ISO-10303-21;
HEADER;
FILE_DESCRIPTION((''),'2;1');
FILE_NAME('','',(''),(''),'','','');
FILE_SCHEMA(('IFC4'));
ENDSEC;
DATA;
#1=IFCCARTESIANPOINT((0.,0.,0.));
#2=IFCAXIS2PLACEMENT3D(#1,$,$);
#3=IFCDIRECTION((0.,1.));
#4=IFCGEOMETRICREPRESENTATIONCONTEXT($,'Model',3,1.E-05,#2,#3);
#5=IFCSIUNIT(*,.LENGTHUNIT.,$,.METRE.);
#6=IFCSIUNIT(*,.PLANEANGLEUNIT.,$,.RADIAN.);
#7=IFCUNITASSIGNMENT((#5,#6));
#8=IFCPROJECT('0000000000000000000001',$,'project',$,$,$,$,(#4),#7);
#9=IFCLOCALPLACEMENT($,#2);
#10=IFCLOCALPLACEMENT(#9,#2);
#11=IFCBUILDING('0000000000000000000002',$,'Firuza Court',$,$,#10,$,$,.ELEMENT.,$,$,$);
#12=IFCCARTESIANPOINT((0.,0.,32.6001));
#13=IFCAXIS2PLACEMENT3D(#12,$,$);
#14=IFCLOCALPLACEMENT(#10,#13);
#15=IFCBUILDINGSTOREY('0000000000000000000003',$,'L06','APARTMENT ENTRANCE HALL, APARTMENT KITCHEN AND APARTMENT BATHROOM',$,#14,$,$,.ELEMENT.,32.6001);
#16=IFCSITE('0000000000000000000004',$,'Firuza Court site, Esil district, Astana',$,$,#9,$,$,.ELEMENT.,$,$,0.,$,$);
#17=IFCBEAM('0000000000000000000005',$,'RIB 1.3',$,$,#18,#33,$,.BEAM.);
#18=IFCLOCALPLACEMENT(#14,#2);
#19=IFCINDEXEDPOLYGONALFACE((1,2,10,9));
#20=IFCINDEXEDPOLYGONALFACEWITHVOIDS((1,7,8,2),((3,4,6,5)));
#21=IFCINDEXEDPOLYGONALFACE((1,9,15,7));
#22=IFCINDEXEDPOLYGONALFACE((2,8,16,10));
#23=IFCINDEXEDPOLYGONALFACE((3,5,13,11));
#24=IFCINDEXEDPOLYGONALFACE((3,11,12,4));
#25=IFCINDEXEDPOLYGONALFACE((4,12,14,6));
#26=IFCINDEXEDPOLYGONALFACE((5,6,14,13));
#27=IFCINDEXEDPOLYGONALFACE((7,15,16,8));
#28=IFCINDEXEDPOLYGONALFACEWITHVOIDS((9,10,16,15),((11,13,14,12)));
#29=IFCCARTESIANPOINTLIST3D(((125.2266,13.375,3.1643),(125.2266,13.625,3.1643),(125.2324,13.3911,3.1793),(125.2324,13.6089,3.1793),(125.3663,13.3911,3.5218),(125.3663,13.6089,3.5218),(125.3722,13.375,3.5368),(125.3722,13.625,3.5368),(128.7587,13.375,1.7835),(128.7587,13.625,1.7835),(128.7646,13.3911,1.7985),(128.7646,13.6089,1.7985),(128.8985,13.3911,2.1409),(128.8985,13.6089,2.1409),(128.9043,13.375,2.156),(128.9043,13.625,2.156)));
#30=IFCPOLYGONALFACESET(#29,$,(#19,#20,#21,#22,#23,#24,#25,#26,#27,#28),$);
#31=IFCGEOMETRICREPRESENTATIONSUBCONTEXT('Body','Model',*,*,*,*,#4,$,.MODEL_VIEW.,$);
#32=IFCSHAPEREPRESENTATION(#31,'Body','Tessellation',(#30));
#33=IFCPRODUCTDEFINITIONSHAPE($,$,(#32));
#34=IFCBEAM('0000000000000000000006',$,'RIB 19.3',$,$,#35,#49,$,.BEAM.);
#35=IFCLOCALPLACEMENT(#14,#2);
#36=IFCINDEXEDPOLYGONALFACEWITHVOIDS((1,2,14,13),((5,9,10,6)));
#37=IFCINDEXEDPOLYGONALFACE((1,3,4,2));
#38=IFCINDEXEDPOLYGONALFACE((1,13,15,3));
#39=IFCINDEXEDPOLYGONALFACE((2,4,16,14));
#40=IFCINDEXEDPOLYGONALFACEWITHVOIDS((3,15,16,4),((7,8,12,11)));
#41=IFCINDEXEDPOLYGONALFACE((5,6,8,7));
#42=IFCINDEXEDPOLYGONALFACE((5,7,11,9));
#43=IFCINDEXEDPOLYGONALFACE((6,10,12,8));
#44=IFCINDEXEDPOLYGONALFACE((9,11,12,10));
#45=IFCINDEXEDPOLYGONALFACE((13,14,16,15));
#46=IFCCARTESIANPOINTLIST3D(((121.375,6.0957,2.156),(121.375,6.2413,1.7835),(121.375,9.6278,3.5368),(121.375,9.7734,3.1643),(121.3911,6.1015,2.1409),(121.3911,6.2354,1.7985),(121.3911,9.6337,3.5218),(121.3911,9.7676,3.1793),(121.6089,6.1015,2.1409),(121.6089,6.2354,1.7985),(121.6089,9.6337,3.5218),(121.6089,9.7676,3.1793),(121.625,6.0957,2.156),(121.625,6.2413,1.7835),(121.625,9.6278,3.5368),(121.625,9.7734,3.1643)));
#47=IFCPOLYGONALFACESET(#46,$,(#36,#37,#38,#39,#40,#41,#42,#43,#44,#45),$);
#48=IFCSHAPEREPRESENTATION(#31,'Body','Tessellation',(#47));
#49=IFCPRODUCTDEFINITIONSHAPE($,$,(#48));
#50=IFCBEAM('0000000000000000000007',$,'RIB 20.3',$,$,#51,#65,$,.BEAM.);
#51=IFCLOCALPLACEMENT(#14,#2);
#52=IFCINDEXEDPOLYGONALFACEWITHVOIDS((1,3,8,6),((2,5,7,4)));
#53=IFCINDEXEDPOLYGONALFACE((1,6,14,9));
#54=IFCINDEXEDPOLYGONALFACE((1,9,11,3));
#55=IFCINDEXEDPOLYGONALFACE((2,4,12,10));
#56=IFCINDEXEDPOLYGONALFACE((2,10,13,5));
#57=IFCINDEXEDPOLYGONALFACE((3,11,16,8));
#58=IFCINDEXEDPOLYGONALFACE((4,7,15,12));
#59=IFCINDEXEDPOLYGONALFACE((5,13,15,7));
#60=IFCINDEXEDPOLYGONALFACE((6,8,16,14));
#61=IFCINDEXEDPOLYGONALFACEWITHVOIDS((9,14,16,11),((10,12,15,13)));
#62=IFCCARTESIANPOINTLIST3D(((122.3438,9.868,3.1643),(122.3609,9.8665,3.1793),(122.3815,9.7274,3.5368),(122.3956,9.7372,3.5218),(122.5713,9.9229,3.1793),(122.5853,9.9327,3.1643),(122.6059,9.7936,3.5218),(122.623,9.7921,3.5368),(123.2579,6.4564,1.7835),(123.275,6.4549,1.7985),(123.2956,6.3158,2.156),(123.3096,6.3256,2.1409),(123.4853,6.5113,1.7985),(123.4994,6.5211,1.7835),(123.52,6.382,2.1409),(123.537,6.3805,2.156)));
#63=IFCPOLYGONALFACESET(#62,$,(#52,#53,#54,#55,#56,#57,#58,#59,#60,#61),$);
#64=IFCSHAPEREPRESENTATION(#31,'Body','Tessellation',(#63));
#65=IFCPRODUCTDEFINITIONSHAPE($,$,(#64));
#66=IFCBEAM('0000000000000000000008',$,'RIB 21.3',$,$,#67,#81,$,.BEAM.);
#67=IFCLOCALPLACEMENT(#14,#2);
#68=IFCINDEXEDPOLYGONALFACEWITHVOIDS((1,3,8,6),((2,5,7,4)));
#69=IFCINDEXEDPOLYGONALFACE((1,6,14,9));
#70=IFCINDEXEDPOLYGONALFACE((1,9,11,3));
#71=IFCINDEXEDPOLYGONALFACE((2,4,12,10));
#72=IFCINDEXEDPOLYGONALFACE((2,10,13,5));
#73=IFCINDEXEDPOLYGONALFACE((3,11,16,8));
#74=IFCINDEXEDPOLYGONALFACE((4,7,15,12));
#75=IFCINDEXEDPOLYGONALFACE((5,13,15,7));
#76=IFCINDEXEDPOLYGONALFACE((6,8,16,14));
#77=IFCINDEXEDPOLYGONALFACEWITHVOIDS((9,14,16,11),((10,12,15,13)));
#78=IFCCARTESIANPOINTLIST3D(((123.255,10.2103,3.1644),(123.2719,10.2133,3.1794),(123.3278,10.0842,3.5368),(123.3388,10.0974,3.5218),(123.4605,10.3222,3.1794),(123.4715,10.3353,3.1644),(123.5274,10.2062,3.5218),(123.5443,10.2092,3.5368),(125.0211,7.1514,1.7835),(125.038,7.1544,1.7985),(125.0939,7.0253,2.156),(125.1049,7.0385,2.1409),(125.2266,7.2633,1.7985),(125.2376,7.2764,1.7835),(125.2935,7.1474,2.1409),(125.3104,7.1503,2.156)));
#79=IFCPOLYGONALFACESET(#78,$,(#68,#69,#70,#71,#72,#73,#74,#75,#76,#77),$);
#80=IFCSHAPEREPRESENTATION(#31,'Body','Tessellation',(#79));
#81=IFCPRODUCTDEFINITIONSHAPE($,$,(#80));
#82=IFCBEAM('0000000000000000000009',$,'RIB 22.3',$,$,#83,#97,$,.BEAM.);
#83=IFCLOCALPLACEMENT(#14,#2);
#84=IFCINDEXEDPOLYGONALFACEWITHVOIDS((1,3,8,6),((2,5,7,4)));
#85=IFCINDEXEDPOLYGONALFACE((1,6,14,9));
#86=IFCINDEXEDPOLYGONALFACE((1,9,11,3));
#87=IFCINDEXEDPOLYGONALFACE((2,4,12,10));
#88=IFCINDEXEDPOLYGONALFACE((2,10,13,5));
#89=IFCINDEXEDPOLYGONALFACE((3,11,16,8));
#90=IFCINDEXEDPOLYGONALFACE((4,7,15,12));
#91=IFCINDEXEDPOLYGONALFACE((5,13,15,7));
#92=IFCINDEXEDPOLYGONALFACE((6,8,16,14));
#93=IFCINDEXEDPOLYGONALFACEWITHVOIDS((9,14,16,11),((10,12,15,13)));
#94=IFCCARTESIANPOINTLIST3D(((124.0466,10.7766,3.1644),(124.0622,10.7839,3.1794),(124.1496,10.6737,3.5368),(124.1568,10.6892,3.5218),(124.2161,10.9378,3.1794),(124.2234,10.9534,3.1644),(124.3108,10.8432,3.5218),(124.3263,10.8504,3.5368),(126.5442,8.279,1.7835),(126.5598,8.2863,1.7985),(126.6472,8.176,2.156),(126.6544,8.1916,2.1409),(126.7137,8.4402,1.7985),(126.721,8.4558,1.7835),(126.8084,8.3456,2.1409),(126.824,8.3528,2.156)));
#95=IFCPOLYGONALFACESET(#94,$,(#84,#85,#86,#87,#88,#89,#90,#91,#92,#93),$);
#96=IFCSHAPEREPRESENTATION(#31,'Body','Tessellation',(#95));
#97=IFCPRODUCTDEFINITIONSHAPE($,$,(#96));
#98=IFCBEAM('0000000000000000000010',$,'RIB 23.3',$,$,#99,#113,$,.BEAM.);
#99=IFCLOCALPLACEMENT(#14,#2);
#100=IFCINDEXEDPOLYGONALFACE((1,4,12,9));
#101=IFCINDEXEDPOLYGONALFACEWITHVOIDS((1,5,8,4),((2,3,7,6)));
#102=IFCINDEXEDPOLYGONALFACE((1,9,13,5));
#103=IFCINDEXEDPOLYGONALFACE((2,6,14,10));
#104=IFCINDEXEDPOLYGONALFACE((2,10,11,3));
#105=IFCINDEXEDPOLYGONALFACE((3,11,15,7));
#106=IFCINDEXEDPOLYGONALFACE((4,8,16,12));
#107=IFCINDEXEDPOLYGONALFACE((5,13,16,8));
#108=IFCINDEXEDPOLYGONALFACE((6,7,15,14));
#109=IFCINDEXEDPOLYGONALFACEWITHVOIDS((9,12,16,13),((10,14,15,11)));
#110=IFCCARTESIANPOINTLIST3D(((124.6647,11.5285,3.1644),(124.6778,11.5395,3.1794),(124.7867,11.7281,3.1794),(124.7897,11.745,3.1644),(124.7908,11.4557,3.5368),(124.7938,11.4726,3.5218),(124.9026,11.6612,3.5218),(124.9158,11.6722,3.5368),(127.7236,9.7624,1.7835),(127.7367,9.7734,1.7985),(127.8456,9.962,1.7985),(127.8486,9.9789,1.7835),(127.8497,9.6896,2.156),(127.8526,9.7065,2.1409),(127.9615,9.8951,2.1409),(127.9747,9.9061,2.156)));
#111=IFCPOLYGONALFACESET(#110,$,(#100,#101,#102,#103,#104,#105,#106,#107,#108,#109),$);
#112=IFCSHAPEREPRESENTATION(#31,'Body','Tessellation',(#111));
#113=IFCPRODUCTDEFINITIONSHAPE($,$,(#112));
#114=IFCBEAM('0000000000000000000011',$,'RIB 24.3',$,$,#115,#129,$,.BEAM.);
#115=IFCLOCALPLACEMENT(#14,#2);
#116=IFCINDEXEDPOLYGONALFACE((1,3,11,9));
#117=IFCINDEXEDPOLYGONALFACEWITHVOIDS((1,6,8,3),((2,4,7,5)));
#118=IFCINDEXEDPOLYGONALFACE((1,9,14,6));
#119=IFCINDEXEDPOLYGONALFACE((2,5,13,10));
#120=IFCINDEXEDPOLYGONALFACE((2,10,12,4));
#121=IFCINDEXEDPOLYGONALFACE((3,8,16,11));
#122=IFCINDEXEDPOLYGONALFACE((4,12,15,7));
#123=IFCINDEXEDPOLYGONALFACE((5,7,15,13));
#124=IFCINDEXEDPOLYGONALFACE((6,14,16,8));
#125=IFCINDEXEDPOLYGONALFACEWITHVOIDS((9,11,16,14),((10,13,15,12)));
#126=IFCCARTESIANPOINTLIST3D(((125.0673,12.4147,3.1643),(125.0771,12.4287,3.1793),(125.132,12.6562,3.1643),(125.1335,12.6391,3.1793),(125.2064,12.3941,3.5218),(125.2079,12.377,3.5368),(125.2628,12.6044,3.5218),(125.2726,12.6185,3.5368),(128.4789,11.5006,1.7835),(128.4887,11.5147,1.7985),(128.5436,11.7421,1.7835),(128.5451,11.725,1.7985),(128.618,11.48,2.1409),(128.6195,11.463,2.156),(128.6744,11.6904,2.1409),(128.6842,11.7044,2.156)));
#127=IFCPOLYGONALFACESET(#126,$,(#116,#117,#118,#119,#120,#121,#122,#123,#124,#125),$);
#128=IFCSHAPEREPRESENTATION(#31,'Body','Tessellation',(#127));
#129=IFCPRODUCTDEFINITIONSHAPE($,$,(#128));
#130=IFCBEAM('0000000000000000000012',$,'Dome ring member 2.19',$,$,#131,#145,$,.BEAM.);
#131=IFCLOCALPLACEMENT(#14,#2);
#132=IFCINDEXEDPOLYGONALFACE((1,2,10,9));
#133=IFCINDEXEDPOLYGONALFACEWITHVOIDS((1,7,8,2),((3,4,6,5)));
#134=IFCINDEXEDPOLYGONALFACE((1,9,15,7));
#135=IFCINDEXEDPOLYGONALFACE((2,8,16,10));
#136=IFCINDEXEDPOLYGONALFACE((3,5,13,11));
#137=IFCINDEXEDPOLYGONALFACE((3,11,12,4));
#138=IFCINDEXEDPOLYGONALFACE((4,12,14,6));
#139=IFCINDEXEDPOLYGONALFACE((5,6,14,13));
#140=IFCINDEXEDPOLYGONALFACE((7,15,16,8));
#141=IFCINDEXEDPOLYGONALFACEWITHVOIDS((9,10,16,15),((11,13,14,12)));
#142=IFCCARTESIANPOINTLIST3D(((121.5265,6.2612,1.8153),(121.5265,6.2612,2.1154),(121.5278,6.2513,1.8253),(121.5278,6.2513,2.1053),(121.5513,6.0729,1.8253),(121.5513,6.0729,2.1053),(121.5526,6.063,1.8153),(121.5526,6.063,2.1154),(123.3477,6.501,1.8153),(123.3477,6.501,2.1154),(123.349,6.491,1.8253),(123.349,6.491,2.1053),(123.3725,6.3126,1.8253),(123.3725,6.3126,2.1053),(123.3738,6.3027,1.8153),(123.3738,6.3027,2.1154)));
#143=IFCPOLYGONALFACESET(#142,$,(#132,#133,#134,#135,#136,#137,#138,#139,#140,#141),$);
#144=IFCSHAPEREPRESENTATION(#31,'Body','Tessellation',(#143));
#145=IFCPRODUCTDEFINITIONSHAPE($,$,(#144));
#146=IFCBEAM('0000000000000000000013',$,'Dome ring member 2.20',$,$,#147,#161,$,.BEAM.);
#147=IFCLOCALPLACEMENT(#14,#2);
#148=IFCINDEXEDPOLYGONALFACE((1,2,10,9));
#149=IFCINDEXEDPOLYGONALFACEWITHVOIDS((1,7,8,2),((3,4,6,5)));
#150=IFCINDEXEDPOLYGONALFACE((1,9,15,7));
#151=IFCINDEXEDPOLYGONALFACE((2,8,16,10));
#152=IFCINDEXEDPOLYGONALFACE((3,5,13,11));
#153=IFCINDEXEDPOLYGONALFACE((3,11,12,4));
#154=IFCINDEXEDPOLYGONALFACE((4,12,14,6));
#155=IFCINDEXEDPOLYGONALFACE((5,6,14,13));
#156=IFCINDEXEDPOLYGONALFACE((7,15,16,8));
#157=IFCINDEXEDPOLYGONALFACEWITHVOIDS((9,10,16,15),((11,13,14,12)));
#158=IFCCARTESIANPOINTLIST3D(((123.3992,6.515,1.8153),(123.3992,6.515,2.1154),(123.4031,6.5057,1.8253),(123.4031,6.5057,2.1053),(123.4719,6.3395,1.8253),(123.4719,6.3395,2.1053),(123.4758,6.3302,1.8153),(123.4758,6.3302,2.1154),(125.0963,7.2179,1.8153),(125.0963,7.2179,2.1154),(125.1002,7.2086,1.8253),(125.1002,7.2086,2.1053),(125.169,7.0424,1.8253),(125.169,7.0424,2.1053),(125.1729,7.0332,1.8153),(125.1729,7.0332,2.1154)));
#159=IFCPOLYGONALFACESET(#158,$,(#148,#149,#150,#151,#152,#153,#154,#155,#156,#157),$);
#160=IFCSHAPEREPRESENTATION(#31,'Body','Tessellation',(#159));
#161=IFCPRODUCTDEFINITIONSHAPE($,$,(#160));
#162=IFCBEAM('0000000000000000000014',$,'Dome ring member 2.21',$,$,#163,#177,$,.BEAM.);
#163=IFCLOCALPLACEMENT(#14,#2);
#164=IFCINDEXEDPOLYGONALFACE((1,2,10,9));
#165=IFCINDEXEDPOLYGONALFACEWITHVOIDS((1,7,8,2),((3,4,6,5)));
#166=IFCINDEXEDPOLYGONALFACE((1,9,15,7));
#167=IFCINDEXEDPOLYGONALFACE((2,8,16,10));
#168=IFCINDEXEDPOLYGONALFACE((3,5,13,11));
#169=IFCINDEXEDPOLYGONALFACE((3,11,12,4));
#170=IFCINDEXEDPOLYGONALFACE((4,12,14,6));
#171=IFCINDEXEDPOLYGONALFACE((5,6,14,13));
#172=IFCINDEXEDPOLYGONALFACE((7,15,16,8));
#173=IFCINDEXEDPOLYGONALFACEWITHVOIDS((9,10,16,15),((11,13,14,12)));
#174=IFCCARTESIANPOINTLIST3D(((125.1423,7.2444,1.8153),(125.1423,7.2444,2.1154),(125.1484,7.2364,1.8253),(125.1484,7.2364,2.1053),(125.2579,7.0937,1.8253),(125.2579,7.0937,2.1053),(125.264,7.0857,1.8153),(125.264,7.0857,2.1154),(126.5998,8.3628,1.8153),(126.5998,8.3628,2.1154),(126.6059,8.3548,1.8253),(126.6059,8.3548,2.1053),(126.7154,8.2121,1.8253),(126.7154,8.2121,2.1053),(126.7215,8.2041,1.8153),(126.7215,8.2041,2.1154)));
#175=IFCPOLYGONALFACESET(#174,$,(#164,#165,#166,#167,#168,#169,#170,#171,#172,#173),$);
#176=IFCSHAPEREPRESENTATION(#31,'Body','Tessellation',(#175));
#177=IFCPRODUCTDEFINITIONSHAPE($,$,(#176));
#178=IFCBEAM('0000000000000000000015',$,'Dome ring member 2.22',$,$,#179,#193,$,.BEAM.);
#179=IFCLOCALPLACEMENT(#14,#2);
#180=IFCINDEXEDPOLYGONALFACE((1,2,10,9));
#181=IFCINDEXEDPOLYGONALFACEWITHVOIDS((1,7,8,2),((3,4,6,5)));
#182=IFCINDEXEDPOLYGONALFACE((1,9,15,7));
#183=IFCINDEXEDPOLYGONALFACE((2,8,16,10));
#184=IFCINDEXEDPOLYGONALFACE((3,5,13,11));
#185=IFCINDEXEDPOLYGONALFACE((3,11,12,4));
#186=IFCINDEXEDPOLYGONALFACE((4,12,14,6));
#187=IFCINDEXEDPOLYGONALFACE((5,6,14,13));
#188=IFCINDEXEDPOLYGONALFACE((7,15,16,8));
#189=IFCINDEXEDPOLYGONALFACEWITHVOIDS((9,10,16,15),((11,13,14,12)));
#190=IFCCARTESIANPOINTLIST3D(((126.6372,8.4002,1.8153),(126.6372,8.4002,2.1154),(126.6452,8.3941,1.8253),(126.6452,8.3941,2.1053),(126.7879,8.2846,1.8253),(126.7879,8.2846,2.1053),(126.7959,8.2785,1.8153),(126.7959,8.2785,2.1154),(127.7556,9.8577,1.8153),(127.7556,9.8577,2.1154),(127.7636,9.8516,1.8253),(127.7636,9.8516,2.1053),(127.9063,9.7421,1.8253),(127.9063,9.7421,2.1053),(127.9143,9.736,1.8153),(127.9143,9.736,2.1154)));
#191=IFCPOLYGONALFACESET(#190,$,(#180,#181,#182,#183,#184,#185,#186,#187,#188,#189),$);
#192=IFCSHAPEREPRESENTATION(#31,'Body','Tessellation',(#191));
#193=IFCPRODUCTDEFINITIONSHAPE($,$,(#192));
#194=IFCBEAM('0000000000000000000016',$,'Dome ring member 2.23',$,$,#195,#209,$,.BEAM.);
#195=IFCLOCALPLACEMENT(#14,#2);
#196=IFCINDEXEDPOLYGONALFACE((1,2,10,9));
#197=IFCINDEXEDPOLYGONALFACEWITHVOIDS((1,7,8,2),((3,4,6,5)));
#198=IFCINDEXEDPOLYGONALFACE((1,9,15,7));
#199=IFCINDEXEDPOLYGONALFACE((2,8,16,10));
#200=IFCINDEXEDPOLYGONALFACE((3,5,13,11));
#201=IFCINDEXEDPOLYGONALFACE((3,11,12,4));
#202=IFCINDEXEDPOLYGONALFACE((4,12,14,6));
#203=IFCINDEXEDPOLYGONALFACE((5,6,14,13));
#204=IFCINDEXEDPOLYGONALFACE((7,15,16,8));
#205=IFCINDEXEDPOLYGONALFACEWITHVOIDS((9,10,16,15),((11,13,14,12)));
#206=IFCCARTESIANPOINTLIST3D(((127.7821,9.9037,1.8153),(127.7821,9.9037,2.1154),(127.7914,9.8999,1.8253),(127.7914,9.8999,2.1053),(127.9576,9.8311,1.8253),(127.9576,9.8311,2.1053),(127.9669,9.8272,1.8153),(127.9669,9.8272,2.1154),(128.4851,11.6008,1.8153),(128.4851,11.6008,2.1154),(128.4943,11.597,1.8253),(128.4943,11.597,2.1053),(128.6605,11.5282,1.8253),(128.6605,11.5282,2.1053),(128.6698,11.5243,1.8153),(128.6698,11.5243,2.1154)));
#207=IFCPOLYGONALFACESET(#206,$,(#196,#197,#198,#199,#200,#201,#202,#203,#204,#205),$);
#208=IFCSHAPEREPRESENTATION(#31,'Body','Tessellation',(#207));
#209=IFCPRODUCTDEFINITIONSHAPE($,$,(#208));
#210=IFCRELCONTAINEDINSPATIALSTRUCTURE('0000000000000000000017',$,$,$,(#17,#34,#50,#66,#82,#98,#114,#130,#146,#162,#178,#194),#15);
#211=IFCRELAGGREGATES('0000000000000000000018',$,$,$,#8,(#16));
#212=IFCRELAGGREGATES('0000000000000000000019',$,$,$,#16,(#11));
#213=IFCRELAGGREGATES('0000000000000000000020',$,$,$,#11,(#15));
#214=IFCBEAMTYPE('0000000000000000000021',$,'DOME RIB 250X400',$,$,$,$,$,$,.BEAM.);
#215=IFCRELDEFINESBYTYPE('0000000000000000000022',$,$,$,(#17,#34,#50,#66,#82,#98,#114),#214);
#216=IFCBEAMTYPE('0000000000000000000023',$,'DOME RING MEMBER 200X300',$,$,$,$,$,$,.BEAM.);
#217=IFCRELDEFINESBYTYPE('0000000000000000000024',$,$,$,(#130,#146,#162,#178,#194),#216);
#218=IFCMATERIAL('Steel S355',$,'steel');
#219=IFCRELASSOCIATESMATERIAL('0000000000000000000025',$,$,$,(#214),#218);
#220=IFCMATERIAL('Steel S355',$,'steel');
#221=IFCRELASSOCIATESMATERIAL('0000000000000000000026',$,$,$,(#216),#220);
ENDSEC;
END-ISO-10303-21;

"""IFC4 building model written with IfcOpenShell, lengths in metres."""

from ifc_helpers import new_model, si_unit, direction, frame, origin, origin_2d, place, context, subcontext, project, spatial, hollow_rectangle, extrude, material, material_profile, profile_set, type_object, element, save


model = new_model("IFC4")

# Units and contexts
model_context = context("Model", 3, precision=1e-05, world=origin(), true_north=direction((0.0, 1.0)))
body_context = subcontext(model_context, "Body", "Model", "MODEL_VIEW")
ifc_project = project(units=[si_unit("LENGTHUNIT", "METRE"), si_unit("PLANEANGLEUNIT", "RADIAN")], contexts=[model_context])

# Site, building, storey
site_placement = place(None, origin())
site = spatial("IfcSite", under=ifc_project, at=site_placement, Name="Firuza Court site, Esil district, Astana", CompositionType="ELEMENT", RefElevation=0.0)
building_placement = place(site_placement, origin())
building = spatial("IfcBuilding", under=site, at=building_placement, Name="Firuza Court", CompositionType="ELEMENT")
storey_placement = place(building_placement, frame((0.0, 0.0, 32.6001)))
storey = spatial("IfcBuildingStorey", under=building, at=storey_placement, Name="L06", Description="APARTMENT ENTRANCE HALL, APARTMENT KITCHEN AND APARTMENT BATHROOM", CompositionType="ELEMENT", Elevation=32.6001)

# Beams
ifc_material_1 = material(Name="Steel S355", Category="steel")
ifc_material_profile_1 = material_profile(ifc_material_1, hollow_rectangle(XDim=0.25, YDim=0.3999, WallThickness=0.0161, at=origin_2d()), Name="RHS 400X250X16")
ifc_profile_set_1 = profile_set([ifc_material_profile_1], Name="Steel S355")
beam_type_1 = type_object("IfcBeamType", Name="DOME RIB 250X400", PredefinedType="BEAM", material=ifc_profile_set_1)
for number, where, z_axis, x_axis, name in (
    (1, (128.8315, 13.5, 1.9697), (-0.931361, 0.0, 0.364098), (0.0, -1.0, 0.0), "RIB 1.3"),
    (2, (121.5, 6.1685, 1.9697), (0.0, 0.931361, 0.364098), (-1.0, 0.0, 0.0), "RIB 19.3"),
):
    element("IfcBeam", number, at=place(storey_placement, frame(where, z_axis=z_axis, x_axis=x_axis)), inside=storey, type_object=beam_type_1, Name=name, PredefinedType="BEAM", context=body_context, shape_type="SweptSolid", body=[
        extrude(hollow_rectangle(XDim=0.25, YDim=0.3999, WallThickness=0.0161, at=origin_2d()), origin(), (0.0, 0.0, 1.0), 3.7925),
    ])
beam_1_placement = place(storey_placement, frame((123.3975, 6.4185, 1.9697), z_axis=(-0.241032, 0.899621, 0.364123), x_axis=(-0.965931, -0.258798, 0.0)))
element("IfcBeam", 3, at=beam_1_placement, inside=storey, type_object=beam_type_1, Name="RIB 20.3", PredefinedType="BEAM", context=body_context, shape_type="SweptSolid", body=[
    extrude(hollow_rectangle(XDim=0.25, YDim=0.3999, WallThickness=0.0161, at=origin_2d()), origin(), (0.0, 0.0, 1.0), 3.7922),
])
for number, where, z_axis, x_axis, name in (
    (4, (125.1658, 7.1509, 1.9697), (-0.465696, 0.806567, 0.364111), (-0.866014, -0.50002, 0.0), "RIB 21.3"),
    (5, (126.6841, 8.3159, 1.9697), (-0.658568, 0.658568, 0.364111), (-0.707107, -0.707107, 0.0), "RIB 22.3"),
    (6, (127.8491, 9.8342, 1.9697), (-0.806567, 0.465696, 0.364111), (-0.50002, -0.866014, 0.0), "RIB 23.3"),
):
    element("IfcBeam", number, at=place(storey_placement, frame(where, z_axis=z_axis, x_axis=x_axis)), inside=storey, type_object=beam_type_1, Name=name, PredefinedType="BEAM", context=body_context, shape_type="SweptSolid", body=[
        extrude(hollow_rectangle(XDim=0.25, YDim=0.3999, WallThickness=0.0161, at=origin_2d()), origin(), (0.0, 0.0, 1.0), 3.7925),
    ])
beam_2_placement = place(storey_placement, frame((128.5815, 11.6025, 1.9697), z_axis=(-0.899621, 0.241032, 0.364123), x_axis=(-0.258798, -0.965931, 0.0)))
element("IfcBeam", 7, at=beam_2_placement, inside=storey, type_object=beam_type_1, Name="RIB 24.3", PredefinedType="BEAM", context=body_context, shape_type="SweptSolid", body=[
    extrude(hollow_rectangle(XDim=0.25, YDim=0.3999, WallThickness=0.0161, at=origin_2d()), origin(), (0.0, 0.0, 1.0), 3.7922),
])
ifc_material_2 = material(Name="Steel S355", Category="steel")
ifc_material_profile_2 = material_profile(ifc_material_2, hollow_rectangle(XDim=0.2, YDim=0.3, WallThickness=0.01, at=origin_2d()), Name="RHS 300X200X10")
ifc_profile_set_2 = profile_set([ifc_material_profile_2], Name="Steel S355")
beam_type_2 = type_object("IfcBeamType", Name="DOME RING MEMBER 200X300", PredefinedType="BEAM", material=ifc_profile_set_2)
for number, where, z_axis, x_axis, name in (
    (8, (121.5396, 6.1621, 1.9653), (0.991447, 0.13051, 0.0), (-0.13051, 0.991447, 0.0), "Dome ring member 2.19"),
    (9, (123.4375, 6.4226, 1.9653), (0.923889, 0.382661, 0.0), (-0.382661, 0.923889, 0.0), "Dome ring member 2.20"),
):
    element("IfcBeam", number, at=place(storey_placement, frame(where, z_axis=z_axis, x_axis=x_axis)), inside=storey, type_object=beam_type_2, Name=name, PredefinedType="BEAM", context=body_context, shape_type="SweptSolid", body=[
        extrude(hollow_rectangle(XDim=0.2, YDim=0.3, WallThickness=0.01, at=origin_2d()), origin(), (0.0, 0.0, 1.0), 1.8369),
    ])
for number, where, z_axis, x_axis, name in (
    (10, (125.2031, 7.165, 1.9653), (0.79335, 0.608766, 0.0), (-0.608766, 0.79335, 0.0), "Dome ring member 2.21"),
    (11, (126.7166, 8.3394, 1.9653), (0.608766, 0.79335, 0.0), (-0.79335, 0.608766, 0.0), "Dome ring member 2.22"),
):
    element("IfcBeam", number, at=place(storey_placement, frame(where, z_axis=z_axis, x_axis=x_axis)), inside=storey, type_object=beam_type_2, Name=name, PredefinedType="BEAM", context=body_context, shape_type="SweptSolid", body=[
        extrude(hollow_rectangle(XDim=0.2, YDim=0.3, WallThickness=0.01, at=origin_2d()), origin(), (0.0, 0.0, 1.0), 1.8372),
    ])
for number, where, z_axis, x_axis, name in (
    (12, (127.8745, 9.8655, 1.9653), (0.382661, 0.923889, 0.0), (-0.923889, 0.382661, 0.0), "Dome ring member 2.23"),
):
    element("IfcBeam", number, at=place(storey_placement, frame(where, z_axis=z_axis, x_axis=x_axis)), inside=storey, type_object=beam_type_2, Name=name, PredefinedType="BEAM", context=body_context, shape_type="SweptSolid", body=[
        extrude(hollow_rectangle(XDim=0.2, YDim=0.3, WallThickness=0.01, at=origin_2d()), origin(), (0.0, 0.0, 1.0), 1.8369),
    ])

save(model, "model.ifc")
